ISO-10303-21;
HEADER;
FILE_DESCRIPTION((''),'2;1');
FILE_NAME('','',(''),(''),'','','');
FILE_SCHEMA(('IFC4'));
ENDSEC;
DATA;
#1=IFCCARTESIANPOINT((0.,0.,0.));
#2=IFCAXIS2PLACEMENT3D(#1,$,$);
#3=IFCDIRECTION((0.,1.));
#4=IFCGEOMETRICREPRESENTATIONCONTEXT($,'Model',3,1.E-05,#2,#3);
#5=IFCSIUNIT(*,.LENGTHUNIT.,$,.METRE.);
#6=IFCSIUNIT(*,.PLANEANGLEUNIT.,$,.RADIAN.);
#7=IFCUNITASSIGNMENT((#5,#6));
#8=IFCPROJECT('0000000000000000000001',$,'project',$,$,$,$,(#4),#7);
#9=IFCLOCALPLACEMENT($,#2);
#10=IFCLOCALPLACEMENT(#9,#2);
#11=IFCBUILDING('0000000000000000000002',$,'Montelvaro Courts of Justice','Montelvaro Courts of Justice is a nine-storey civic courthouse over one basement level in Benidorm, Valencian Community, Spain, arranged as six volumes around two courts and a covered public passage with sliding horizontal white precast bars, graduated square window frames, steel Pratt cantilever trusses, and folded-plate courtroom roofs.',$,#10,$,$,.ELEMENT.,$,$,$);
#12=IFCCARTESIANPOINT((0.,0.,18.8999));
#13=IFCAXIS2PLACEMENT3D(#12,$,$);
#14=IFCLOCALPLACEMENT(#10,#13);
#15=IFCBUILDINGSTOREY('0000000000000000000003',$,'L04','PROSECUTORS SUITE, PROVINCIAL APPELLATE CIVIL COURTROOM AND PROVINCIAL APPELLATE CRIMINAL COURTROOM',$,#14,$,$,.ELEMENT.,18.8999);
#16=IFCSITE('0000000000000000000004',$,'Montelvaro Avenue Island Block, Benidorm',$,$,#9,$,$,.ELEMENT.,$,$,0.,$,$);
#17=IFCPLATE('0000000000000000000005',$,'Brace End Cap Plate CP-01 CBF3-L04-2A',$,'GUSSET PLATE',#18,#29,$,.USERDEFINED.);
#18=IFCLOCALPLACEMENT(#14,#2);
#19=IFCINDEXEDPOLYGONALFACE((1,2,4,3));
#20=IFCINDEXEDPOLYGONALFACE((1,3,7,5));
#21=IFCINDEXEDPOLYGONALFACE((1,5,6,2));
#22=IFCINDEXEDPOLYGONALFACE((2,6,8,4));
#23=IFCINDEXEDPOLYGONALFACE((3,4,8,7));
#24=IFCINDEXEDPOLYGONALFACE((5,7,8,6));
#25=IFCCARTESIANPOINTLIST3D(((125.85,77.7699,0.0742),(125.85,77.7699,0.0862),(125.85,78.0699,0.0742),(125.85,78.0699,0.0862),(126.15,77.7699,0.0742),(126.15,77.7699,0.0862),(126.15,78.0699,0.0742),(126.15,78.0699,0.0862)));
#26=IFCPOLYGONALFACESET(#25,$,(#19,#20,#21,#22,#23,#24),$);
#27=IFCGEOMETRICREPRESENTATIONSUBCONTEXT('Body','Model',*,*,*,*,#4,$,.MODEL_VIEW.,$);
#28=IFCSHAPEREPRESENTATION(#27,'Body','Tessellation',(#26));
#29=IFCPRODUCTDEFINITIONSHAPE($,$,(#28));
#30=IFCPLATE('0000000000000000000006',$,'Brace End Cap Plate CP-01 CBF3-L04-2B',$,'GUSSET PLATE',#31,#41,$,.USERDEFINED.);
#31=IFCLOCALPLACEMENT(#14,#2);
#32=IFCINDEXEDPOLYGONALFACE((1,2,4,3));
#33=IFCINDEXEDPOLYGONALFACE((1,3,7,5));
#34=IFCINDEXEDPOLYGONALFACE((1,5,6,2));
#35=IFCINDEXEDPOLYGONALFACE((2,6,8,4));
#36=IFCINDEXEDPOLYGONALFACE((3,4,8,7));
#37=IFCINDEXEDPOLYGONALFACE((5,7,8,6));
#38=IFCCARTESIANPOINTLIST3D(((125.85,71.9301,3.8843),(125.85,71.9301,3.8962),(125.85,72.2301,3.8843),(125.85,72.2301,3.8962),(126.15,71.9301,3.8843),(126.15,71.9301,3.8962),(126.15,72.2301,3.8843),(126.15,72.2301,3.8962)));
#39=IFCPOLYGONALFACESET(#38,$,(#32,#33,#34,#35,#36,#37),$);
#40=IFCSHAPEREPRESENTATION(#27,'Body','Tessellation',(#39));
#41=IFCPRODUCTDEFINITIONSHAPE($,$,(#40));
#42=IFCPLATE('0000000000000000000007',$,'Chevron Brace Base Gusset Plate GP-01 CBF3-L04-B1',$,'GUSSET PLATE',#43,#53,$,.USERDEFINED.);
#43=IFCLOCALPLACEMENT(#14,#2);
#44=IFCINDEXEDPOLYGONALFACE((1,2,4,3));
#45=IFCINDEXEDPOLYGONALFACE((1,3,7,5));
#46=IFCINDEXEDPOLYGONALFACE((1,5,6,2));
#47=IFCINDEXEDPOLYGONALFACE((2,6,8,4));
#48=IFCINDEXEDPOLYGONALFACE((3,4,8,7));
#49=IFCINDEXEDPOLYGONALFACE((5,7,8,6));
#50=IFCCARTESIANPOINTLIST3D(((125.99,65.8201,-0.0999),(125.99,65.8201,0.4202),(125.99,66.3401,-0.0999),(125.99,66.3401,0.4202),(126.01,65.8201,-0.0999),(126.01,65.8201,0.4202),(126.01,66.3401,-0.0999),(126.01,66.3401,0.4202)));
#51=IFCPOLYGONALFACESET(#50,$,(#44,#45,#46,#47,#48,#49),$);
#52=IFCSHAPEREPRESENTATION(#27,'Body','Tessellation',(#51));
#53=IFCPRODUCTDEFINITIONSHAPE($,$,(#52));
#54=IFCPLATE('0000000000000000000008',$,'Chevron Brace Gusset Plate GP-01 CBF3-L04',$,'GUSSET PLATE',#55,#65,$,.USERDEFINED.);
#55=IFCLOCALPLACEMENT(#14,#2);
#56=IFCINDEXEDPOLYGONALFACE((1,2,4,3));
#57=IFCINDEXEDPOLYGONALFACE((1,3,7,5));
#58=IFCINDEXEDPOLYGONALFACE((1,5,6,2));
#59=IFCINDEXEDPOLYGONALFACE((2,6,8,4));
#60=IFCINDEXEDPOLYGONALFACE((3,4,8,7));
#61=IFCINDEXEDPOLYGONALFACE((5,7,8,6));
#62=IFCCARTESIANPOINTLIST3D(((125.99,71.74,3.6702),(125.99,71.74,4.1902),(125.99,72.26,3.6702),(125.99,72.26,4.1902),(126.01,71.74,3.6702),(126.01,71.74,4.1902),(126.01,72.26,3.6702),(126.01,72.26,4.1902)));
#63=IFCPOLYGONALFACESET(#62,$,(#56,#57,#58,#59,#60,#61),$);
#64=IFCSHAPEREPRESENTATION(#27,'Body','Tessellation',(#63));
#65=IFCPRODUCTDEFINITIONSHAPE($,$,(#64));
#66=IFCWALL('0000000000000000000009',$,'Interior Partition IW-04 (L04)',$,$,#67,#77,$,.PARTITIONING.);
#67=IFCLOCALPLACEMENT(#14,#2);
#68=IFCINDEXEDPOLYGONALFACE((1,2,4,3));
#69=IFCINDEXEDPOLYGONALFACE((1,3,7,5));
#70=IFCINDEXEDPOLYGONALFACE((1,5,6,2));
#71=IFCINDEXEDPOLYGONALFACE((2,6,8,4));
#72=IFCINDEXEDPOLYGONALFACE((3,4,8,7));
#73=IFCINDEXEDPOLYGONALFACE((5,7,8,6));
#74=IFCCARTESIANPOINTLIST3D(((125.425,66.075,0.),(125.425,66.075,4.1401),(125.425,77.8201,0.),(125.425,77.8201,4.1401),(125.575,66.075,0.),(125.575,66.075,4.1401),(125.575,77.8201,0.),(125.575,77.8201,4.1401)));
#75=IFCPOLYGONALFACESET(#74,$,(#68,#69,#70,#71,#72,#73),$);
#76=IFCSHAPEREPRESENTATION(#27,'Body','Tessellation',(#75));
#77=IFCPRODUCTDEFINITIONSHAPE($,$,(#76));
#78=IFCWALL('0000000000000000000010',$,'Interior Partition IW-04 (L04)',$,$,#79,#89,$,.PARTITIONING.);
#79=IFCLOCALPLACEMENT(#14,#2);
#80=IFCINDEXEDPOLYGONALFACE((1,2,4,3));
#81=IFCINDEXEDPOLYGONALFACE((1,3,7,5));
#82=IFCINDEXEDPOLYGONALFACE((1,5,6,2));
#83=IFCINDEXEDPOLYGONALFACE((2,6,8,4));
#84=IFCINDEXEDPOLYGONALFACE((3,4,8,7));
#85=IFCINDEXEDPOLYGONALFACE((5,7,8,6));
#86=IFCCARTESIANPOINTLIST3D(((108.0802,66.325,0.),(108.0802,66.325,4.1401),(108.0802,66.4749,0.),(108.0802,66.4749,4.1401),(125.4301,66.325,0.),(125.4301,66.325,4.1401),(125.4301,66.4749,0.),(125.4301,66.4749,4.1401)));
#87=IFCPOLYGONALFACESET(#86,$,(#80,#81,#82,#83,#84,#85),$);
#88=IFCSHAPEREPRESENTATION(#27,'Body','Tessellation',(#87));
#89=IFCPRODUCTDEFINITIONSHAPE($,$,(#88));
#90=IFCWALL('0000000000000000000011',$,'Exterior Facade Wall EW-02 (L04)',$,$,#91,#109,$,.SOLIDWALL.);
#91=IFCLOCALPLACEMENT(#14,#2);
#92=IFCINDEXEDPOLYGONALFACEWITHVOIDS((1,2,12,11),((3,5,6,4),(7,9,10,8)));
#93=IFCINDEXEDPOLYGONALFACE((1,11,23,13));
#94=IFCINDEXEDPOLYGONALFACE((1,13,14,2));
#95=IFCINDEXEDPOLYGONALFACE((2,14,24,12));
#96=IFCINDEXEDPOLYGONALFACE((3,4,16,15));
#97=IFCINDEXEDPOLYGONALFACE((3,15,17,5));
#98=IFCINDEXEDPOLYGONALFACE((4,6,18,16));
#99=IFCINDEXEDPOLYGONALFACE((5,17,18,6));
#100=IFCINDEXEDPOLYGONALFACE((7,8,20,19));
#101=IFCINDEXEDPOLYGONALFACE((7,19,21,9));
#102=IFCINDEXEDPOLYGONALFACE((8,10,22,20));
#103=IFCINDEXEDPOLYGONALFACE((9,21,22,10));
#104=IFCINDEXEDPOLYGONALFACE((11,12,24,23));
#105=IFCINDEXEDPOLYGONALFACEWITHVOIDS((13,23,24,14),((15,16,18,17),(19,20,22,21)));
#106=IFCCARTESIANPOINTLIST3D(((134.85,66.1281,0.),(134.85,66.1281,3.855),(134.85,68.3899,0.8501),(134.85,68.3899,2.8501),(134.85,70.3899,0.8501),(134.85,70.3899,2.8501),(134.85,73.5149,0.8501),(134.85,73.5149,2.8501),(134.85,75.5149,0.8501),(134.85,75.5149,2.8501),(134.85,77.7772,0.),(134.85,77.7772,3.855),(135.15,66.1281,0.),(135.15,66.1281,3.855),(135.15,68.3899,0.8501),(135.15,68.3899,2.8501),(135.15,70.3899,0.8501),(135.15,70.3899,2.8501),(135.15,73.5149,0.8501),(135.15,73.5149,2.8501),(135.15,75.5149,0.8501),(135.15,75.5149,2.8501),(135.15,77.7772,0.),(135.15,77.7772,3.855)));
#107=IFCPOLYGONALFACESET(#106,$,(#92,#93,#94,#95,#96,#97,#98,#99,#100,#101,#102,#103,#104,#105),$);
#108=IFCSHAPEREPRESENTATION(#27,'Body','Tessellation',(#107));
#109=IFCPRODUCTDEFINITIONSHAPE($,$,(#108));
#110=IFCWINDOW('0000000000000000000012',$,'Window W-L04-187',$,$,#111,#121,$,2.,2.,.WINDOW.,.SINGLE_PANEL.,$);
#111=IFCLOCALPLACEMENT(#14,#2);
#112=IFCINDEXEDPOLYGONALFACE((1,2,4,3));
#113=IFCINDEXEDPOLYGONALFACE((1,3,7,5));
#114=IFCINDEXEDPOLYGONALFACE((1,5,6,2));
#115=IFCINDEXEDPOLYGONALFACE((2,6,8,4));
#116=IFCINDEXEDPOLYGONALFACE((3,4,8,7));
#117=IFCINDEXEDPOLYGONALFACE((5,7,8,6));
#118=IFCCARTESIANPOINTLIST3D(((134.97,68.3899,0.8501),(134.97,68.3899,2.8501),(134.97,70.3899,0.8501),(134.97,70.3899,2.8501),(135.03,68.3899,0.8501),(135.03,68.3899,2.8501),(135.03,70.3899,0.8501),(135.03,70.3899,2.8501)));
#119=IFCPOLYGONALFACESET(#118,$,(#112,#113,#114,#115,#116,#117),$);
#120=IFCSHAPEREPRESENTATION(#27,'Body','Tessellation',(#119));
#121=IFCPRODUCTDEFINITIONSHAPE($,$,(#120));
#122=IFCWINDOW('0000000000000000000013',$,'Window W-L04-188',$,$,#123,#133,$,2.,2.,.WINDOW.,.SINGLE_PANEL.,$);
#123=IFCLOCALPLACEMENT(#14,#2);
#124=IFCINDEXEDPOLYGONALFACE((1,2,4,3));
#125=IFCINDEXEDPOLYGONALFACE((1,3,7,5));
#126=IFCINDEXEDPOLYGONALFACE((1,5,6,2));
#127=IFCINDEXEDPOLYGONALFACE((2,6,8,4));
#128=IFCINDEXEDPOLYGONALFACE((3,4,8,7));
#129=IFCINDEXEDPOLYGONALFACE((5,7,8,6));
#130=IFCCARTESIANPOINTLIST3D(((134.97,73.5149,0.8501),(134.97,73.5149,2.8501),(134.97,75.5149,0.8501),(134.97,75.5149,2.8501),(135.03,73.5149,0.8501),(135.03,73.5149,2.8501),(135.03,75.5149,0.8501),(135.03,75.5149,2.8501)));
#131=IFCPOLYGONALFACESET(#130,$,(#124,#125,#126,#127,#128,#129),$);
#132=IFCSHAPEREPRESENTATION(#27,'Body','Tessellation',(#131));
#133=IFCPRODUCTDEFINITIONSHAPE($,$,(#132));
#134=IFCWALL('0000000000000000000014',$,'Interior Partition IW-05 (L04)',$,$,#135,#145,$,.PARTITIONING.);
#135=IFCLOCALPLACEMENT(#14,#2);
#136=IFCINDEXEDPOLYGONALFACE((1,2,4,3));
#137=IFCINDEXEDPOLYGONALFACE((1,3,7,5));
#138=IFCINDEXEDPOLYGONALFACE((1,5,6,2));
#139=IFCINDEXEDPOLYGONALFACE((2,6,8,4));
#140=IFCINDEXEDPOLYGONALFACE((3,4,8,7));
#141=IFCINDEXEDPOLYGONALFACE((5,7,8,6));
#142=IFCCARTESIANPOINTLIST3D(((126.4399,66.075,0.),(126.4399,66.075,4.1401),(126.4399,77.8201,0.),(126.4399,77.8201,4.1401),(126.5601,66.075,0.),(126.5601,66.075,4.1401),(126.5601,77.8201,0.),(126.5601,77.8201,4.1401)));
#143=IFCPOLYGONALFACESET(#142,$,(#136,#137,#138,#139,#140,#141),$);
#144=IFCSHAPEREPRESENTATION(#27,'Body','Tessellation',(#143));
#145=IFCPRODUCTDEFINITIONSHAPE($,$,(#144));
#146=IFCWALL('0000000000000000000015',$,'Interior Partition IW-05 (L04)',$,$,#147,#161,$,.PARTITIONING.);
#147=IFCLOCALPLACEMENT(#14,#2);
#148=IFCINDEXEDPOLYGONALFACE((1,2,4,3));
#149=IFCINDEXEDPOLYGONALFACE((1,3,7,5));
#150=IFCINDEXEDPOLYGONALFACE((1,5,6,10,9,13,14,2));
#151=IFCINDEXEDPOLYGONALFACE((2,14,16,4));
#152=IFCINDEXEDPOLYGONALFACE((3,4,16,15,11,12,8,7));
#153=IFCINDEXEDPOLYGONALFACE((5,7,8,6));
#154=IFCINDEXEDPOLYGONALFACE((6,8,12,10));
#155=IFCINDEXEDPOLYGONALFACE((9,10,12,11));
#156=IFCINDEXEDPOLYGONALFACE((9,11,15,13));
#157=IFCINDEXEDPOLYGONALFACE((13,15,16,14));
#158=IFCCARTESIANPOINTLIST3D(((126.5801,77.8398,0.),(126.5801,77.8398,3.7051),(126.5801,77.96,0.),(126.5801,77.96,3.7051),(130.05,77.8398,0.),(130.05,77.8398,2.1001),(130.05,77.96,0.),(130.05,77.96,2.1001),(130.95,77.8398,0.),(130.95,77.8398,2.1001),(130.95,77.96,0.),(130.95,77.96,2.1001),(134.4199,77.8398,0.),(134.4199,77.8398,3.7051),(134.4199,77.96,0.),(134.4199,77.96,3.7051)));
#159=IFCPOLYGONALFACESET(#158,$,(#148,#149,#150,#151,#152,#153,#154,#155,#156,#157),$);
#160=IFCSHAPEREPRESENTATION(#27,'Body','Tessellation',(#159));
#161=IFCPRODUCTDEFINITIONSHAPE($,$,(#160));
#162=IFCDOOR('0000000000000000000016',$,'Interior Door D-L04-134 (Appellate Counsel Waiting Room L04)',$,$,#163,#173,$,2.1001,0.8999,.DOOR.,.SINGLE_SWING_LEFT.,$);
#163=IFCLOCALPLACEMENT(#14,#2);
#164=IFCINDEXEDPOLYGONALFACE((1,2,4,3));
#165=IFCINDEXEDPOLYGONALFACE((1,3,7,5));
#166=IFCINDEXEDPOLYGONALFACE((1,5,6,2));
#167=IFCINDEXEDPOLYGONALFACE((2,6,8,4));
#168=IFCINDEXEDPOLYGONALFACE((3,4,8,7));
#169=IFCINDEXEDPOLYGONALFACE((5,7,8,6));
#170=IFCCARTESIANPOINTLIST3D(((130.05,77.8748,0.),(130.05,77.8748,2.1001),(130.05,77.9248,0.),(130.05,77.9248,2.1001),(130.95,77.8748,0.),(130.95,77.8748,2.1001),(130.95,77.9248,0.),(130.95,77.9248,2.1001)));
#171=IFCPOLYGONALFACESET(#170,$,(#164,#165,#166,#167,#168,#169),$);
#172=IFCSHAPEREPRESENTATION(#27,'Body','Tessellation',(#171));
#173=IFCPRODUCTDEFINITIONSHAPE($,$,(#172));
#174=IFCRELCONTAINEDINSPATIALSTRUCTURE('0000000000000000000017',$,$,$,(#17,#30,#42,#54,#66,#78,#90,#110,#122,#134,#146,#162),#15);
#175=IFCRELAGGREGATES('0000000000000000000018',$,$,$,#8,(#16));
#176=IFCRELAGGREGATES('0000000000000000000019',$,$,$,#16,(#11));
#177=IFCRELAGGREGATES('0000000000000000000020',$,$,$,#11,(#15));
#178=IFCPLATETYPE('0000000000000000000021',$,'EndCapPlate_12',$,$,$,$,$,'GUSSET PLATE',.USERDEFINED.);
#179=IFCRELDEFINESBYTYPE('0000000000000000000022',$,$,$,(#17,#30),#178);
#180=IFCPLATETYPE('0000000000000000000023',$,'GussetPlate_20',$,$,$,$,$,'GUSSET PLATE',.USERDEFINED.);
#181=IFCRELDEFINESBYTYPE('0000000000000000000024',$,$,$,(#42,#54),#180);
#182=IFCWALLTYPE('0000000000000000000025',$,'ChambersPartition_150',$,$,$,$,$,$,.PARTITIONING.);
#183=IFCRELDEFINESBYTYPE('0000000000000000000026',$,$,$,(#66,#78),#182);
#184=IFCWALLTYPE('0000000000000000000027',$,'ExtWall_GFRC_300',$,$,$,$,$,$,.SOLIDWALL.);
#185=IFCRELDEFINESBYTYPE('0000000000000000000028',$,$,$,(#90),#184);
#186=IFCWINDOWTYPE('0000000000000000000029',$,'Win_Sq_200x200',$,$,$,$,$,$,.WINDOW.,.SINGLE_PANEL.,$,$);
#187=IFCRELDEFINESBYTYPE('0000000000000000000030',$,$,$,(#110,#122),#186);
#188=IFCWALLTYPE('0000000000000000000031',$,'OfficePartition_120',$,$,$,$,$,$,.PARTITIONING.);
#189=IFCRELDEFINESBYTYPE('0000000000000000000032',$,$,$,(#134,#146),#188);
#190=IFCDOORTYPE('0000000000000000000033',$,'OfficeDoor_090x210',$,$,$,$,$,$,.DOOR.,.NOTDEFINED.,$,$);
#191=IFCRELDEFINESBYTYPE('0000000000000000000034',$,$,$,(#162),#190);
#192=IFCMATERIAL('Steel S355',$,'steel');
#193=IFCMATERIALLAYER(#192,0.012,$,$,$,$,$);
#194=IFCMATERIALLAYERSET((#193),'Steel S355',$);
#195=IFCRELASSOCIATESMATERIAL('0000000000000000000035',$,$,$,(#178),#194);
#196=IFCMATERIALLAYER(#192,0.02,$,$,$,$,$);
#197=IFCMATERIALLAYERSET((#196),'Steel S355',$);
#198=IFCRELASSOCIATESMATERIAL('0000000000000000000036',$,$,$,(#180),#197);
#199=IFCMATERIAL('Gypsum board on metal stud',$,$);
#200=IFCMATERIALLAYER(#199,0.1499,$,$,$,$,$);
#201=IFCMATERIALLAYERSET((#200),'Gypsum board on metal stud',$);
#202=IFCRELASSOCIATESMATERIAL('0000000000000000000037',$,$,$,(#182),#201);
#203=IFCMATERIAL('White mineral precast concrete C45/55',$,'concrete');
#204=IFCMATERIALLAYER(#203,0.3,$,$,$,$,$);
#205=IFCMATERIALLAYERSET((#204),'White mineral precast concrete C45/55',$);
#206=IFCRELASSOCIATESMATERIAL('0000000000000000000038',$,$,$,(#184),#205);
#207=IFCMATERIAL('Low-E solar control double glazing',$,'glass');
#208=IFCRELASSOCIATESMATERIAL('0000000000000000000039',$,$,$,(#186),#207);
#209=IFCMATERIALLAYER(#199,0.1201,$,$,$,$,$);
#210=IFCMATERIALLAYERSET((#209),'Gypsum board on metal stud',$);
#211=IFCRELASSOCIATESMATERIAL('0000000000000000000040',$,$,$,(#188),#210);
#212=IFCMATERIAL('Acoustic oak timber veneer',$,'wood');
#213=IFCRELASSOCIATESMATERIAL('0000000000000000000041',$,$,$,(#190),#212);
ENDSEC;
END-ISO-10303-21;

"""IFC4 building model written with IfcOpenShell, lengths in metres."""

from ifc_helpers import new_model, si_unit, direction, frame, frame_2d, origin, origin_2d, place, context, subcontext, project, spatial, rectangle, extrude, material, layer, layer_set, type_object, element, fill, save


model = new_model("IFC4")

# Units and contexts
model_context = context("Model", 3, precision=1e-05, world=origin(), true_north=direction((0.0, 1.0)))
body_context = subcontext(model_context, "Body", "Model", "MODEL_VIEW")
ifc_project = project(units=[si_unit("LENGTHUNIT", "METRE"), si_unit("PLANEANGLEUNIT", "RADIAN")], contexts=[model_context])

# Site, building, storey
site_placement = place(None, origin())
site = spatial("IfcSite", under=ifc_project, at=site_placement, Name="Montelvaro Avenue Island Block, Benidorm", CompositionType="ELEMENT", RefElevation=0.0)
building_placement = place(site_placement, origin())
building = spatial("IfcBuilding", under=site, at=building_placement, Name="Montelvaro Courts of Justice", Description="Montelvaro Courts of Justice is a nine-storey civic courthouse over one basement level in Benidorm, Valencian Community, Spain, arranged as six volumes around two courts and a covered public passage with sliding horizontal white precast bars, graduated square window frames, steel Pratt cantilever trusses, and folded-plate courtroom roofs.", CompositionType="ELEMENT")
storey_placement = place(building_placement, frame((0.0, 0.0, 18.8999)))
storey = spatial("IfcBuildingStorey", under=building, at=storey_placement, Name="L04", Description="PROSECUTORS SUITE, PROVINCIAL APPELLATE CIVIL COURTROOM AND PROVINCIAL APPELLATE CRIMINAL COURTROOM", CompositionType="ELEMENT", Elevation=18.8999)

# Shared definitions
ifc_material_1 = material(Name="Steel S355", Category="steel")

# Plates
ifc_layer_1 = layer(ifc_material_1, 0.012)
ifc_layer_set_1 = layer_set([ifc_layer_1], Name="Steel S355")
plate_type_1 = type_object("IfcPlateType", Name="EndCapPlate_12", ElementType="GUSSET PLATE", PredefinedType="USERDEFINED", material=ifc_layer_set_1)
for number, where, z_axis, x_axis, name in (
    (1, (126.0, 77.9199, 0.0742), (0.0, 0.0, 1.0), (1.0, 0.0, 0.0), "Brace End Cap Plate CP-01 CBF3-L04-2A"),
    (2, (126.0, 72.0801, 3.8843), (0.0, 0.0, 1.0), (1.0, 0.0, 0.0), "Brace End Cap Plate CP-01 CBF3-L04-2B"),
):
    element("IfcPlate", number, at=place(storey_placement, frame(where, z_axis=z_axis, x_axis=x_axis)), inside=storey, type_object=plate_type_1, Name=name, ObjectType="GUSSET PLATE", PredefinedType="USERDEFINED", context=body_context, shape_type="SweptSolid", body=[
        extrude(rectangle(XDim=0.3, YDim=0.3, at=origin_2d()), origin(), (0.0, 0.0, 1.0), 0.012),
    ])
ifc_layer_2 = layer(ifc_material_1, 0.02)
ifc_layer_set_2 = layer_set([ifc_layer_2], Name="Steel S355")
plate_type_2 = type_object("IfcPlateType", Name="GussetPlate_20", ElementType="GUSSET PLATE", PredefinedType="USERDEFINED", material=ifc_layer_set_2)
for number, where, z_axis, x_axis, name in (
    (3, (126.0, 66.0801, -0.0999), (0.0, 0.0, 1.0), (1.0, 0.0, 0.0), "Chevron Brace Base Gusset Plate GP-01 CBF3-L04-B1"),
    (4, (126.0, 72.0, 3.6702), (0.0, 0.0, 1.0), (1.0, 0.0, 0.0), "Chevron Brace Gusset Plate GP-01 CBF3-L04"),
):
    element("IfcPlate", number, at=place(storey_placement, frame(where, z_axis=z_axis, x_axis=x_axis)), inside=storey, type_object=plate_type_2, Name=name, ObjectType="GUSSET PLATE", PredefinedType="USERDEFINED", context=body_context, shape_type="SweptSolid", body=[
        extrude(rectangle(XDim=0.02, YDim=0.52, at=origin_2d()), origin(), (0.0, 0.0, 1.0), 0.52),
    ])

# Walls
ifc_material_2 = material(Name="Gypsum board on metal stud")
ifc_layer_3 = layer(ifc_material_2, 0.1499)
ifc_layer_set_3 = layer_set([ifc_layer_3], Name="Gypsum board on metal stud")
wall_type_1 = type_object("IfcWallType", Name="ChambersPartition_150", PredefinedType="PARTITIONING", material=ifc_layer_set_3)
wall_1_placement = place(storey_placement, frame((125.5, 77.8201, 0.0), z_axis=(0.0, 0.0, 1.0), x_axis=(0.0, -1.0, 0.0)))
element("IfcWall", 5, at=wall_1_placement, inside=storey, type_object=wall_type_1, Name="Interior Partition IW-04 (L04)", PredefinedType="PARTITIONING", context=body_context, shape_type="SweptSolid", body=[
    extrude(rectangle(XDim=11.7451, YDim=0.1499, at=frame_2d((5.8726, 0.0))), origin(), (0.0, 0.0, 1.0), 4.1401),
])
wall_2_placement = place(storey_placement, frame((125.4299, 66.3999, 0.0), z_axis=(0.0, 0.0, 1.0), x_axis=(-1.0, 0.0, 0.0)))
element("IfcWall", 6, at=wall_2_placement, inside=storey, type_object=wall_type_1, Name="Interior Partition IW-04 (L04)", PredefinedType="PARTITIONING", context=body_context, shape_type="SweptSolid", body=[
    extrude(rectangle(XDim=17.3499, YDim=0.1499, at=frame_2d((8.6748, 0.0))), origin(), (0.0, 0.0, 1.0), 4.1401),
])

# Wall, openings, windows
ifc_material_3 = material(Name="White mineral precast concrete C45/55", Category="concrete")
ifc_layer_4 = layer(ifc_material_3, 0.3)
ifc_layer_set_4 = layer_set([ifc_layer_4], Name="White mineral precast concrete C45/55")
wall_type_2 = type_object("IfcWallType", Name="ExtWall_GFRC_300", PredefinedType="SOLIDWALL", material=ifc_layer_set_4)
wall_3_placement = place(storey_placement, frame((135.0, 66.1279, 0.0), z_axis=(0.0, 0.0, 1.0), x_axis=(0.0, 1.0, 0.0)))
wall_3 = element("IfcWall", 7, at=wall_3_placement, inside=storey, type_object=wall_type_2, Name="Exterior Facade Wall EW-02 (L04)", PredefinedType="SOLIDWALL", context=body_context, shape_type="SweptSolid", body=[
    extrude(rectangle(XDim=11.6492, YDim=0.3, at=frame_2d((5.8247, 0.0))), origin(), (0.0, 0.0, 1.0), 3.855),
])
opening_1_placement = place(wall_3_placement, frame((2.262, 0.0, 0.8501)))
opening_1 = element("IfcOpeningElement", 8, at=opening_1_placement, cuts=wall_3, PredefinedType="OPENING", context=body_context, shape_type="SweptSolid", body=[
    extrude(rectangle(XDim=2.0, YDim=2.0, at=frame_2d((1.0, 1.0))), frame((0.0, 0.165, 0.0), z_axis=(0.0, -1.0, 0.0), x_axis=(1.0, 0.0, 0.0)), (0.0, 0.0, 1.0), 0.3298),
])
opening_2_placement = place(wall_3_placement, frame((7.387, 0.0, 0.8501)))
opening_2 = element("IfcOpeningElement", 9, at=opening_2_placement, cuts=wall_3, PredefinedType="OPENING", context=body_context, shape_type="SweptSolid", body=[
    extrude(rectangle(XDim=2.0, YDim=2.0, at=frame_2d((1.0, 1.0))), frame((0.0, 0.165, 0.0), z_axis=(0.0, -1.0, 0.0), x_axis=(1.0, 0.0, 0.0)), (0.0, 0.0, 1.0), 0.3298),
])
ifc_material_4 = material(Name="Low-E solar control double glazing", Category="glass")
window_type = type_object("IfcWindowType", Name="Win_Sq_200x200", PartitioningType="SINGLE_PANEL", PredefinedType="WINDOW", material=ifc_material_4)
window_1_placement = place(opening_1_placement, origin())
window_1 = element("IfcWindow", 10, at=window_1_placement, inside=storey, type_object=window_type, Name="Window W-L04-187", OverallHeight=2.0, OverallWidth=2.0, PartitioningType="SINGLE_PANEL", PredefinedType="WINDOW", context=body_context, shape_type="SweptSolid", body=[
    extrude(rectangle(XDim=2.0, YDim=2.0, at=frame_2d((1.0, 1.0))), frame((0.0, 0.03, 0.0), z_axis=(0.0, -1.0, 0.0), x_axis=(1.0, 0.0, 0.0)), (0.0, 0.0, 1.0), 0.0601),
])
fill(opening_1, window_1)
window_2_placement = place(opening_2_placement, origin())
window_2 = element("IfcWindow", 11, at=window_2_placement, inside=storey, type_object=window_type, Name="Window W-L04-188", OverallHeight=2.0, OverallWidth=2.0, PartitioningType="SINGLE_PANEL", PredefinedType="WINDOW", context=body_context, shape_type="SweptSolid", body=[
    extrude(rectangle(XDim=2.0, YDim=2.0, at=frame_2d((1.0, 1.0))), frame((0.0, 0.03, 0.0), z_axis=(0.0, -1.0, 0.0), x_axis=(1.0, 0.0, 0.0)), (0.0, 0.0, 1.0), 0.0601),
])
fill(opening_2, window_2)

# Wall
ifc_layer_5 = layer(ifc_material_2, 0.1201)
ifc_layer_set_5 = layer_set([ifc_layer_5], Name="Gypsum board on metal stud")
wall_type_3 = type_object("IfcWallType", Name="OfficePartition_120", PredefinedType="PARTITIONING", material=ifc_layer_set_5)
wall_4_placement = place(storey_placement, frame((126.5, 66.075, 0.0), z_axis=(0.0, 0.0, 1.0), x_axis=(0.0, 1.0, 0.0)))
element("IfcWall", 12, at=wall_4_placement, inside=storey, type_object=wall_type_3, Name="Interior Partition IW-05 (L04)", PredefinedType="PARTITIONING", context=body_context, shape_type="SweptSolid", body=[
    extrude(rectangle(XDim=11.7451, YDim=0.1201, at=frame_2d((5.8726, 0.0))), origin(), (0.0, 0.0, 1.0), 4.1401),
])

# Wall, opening, door
wall_5_placement = place(storey_placement, frame((126.5801, 77.8999, 0.0), z_axis=(0.0, 0.0, 1.0), x_axis=(1.0, 0.0, 0.0)))
wall_5 = element("IfcWall", 13, at=wall_5_placement, inside=storey, type_object=wall_type_3, Name="Interior Partition IW-05 (L04)", PredefinedType="PARTITIONING", context=body_context, shape_type="SweptSolid", body=[
    extrude(rectangle(XDim=7.8398, YDim=0.1201, at=frame_2d((3.9199, 0.0))), origin(), (0.0, 0.0, 1.0), 3.7051),
])
opening_3_placement = place(wall_5_placement, frame((3.47, 0.0, 0.0)))
opening_3 = element("IfcOpeningElement", 14, at=opening_3_placement, cuts=wall_5, PredefinedType="OPENING", context=body_context, shape_type="SweptSolid", body=[
    extrude(rectangle(XDim=0.8999, YDim=2.1001, at=frame_2d((0.45, 1.05))), frame((0.0, 0.075, 0.0), z_axis=(0.0, -1.0, 0.0), x_axis=(1.0, 0.0, 0.0)), (0.0, 0.0, 1.0), 0.1499),
])
ifc_material_5 = material(Name="Acoustic oak timber veneer", Category="wood")
door_type = type_object("IfcDoorType", Name="OfficeDoor_090x210", OperationType="NOTDEFINED", PredefinedType="DOOR", material=ifc_material_5)
door_placement = place(opening_3_placement, origin())
door = element("IfcDoor", 15, at=door_placement, inside=storey, type_object=door_type, Name="Interior Door D-L04-134 (Appellate Counsel Waiting Room L04)", OperationType="SINGLE_SWING_LEFT", OverallHeight=2.1001, OverallWidth=0.8999, PredefinedType="DOOR", context=body_context, shape_type="SweptSolid", body=[
    extrude(rectangle(XDim=0.8999, YDim=2.1001, at=frame_2d((0.45, 1.05))), frame((0.0, 0.0249, 0.0), z_axis=(0.0, -1.0, 0.0), x_axis=(1.0, 0.0, 0.0)), (0.0, 0.0, 1.0), 0.05),
])
fill(opening_3, door)

save(model, "model.ifc")
